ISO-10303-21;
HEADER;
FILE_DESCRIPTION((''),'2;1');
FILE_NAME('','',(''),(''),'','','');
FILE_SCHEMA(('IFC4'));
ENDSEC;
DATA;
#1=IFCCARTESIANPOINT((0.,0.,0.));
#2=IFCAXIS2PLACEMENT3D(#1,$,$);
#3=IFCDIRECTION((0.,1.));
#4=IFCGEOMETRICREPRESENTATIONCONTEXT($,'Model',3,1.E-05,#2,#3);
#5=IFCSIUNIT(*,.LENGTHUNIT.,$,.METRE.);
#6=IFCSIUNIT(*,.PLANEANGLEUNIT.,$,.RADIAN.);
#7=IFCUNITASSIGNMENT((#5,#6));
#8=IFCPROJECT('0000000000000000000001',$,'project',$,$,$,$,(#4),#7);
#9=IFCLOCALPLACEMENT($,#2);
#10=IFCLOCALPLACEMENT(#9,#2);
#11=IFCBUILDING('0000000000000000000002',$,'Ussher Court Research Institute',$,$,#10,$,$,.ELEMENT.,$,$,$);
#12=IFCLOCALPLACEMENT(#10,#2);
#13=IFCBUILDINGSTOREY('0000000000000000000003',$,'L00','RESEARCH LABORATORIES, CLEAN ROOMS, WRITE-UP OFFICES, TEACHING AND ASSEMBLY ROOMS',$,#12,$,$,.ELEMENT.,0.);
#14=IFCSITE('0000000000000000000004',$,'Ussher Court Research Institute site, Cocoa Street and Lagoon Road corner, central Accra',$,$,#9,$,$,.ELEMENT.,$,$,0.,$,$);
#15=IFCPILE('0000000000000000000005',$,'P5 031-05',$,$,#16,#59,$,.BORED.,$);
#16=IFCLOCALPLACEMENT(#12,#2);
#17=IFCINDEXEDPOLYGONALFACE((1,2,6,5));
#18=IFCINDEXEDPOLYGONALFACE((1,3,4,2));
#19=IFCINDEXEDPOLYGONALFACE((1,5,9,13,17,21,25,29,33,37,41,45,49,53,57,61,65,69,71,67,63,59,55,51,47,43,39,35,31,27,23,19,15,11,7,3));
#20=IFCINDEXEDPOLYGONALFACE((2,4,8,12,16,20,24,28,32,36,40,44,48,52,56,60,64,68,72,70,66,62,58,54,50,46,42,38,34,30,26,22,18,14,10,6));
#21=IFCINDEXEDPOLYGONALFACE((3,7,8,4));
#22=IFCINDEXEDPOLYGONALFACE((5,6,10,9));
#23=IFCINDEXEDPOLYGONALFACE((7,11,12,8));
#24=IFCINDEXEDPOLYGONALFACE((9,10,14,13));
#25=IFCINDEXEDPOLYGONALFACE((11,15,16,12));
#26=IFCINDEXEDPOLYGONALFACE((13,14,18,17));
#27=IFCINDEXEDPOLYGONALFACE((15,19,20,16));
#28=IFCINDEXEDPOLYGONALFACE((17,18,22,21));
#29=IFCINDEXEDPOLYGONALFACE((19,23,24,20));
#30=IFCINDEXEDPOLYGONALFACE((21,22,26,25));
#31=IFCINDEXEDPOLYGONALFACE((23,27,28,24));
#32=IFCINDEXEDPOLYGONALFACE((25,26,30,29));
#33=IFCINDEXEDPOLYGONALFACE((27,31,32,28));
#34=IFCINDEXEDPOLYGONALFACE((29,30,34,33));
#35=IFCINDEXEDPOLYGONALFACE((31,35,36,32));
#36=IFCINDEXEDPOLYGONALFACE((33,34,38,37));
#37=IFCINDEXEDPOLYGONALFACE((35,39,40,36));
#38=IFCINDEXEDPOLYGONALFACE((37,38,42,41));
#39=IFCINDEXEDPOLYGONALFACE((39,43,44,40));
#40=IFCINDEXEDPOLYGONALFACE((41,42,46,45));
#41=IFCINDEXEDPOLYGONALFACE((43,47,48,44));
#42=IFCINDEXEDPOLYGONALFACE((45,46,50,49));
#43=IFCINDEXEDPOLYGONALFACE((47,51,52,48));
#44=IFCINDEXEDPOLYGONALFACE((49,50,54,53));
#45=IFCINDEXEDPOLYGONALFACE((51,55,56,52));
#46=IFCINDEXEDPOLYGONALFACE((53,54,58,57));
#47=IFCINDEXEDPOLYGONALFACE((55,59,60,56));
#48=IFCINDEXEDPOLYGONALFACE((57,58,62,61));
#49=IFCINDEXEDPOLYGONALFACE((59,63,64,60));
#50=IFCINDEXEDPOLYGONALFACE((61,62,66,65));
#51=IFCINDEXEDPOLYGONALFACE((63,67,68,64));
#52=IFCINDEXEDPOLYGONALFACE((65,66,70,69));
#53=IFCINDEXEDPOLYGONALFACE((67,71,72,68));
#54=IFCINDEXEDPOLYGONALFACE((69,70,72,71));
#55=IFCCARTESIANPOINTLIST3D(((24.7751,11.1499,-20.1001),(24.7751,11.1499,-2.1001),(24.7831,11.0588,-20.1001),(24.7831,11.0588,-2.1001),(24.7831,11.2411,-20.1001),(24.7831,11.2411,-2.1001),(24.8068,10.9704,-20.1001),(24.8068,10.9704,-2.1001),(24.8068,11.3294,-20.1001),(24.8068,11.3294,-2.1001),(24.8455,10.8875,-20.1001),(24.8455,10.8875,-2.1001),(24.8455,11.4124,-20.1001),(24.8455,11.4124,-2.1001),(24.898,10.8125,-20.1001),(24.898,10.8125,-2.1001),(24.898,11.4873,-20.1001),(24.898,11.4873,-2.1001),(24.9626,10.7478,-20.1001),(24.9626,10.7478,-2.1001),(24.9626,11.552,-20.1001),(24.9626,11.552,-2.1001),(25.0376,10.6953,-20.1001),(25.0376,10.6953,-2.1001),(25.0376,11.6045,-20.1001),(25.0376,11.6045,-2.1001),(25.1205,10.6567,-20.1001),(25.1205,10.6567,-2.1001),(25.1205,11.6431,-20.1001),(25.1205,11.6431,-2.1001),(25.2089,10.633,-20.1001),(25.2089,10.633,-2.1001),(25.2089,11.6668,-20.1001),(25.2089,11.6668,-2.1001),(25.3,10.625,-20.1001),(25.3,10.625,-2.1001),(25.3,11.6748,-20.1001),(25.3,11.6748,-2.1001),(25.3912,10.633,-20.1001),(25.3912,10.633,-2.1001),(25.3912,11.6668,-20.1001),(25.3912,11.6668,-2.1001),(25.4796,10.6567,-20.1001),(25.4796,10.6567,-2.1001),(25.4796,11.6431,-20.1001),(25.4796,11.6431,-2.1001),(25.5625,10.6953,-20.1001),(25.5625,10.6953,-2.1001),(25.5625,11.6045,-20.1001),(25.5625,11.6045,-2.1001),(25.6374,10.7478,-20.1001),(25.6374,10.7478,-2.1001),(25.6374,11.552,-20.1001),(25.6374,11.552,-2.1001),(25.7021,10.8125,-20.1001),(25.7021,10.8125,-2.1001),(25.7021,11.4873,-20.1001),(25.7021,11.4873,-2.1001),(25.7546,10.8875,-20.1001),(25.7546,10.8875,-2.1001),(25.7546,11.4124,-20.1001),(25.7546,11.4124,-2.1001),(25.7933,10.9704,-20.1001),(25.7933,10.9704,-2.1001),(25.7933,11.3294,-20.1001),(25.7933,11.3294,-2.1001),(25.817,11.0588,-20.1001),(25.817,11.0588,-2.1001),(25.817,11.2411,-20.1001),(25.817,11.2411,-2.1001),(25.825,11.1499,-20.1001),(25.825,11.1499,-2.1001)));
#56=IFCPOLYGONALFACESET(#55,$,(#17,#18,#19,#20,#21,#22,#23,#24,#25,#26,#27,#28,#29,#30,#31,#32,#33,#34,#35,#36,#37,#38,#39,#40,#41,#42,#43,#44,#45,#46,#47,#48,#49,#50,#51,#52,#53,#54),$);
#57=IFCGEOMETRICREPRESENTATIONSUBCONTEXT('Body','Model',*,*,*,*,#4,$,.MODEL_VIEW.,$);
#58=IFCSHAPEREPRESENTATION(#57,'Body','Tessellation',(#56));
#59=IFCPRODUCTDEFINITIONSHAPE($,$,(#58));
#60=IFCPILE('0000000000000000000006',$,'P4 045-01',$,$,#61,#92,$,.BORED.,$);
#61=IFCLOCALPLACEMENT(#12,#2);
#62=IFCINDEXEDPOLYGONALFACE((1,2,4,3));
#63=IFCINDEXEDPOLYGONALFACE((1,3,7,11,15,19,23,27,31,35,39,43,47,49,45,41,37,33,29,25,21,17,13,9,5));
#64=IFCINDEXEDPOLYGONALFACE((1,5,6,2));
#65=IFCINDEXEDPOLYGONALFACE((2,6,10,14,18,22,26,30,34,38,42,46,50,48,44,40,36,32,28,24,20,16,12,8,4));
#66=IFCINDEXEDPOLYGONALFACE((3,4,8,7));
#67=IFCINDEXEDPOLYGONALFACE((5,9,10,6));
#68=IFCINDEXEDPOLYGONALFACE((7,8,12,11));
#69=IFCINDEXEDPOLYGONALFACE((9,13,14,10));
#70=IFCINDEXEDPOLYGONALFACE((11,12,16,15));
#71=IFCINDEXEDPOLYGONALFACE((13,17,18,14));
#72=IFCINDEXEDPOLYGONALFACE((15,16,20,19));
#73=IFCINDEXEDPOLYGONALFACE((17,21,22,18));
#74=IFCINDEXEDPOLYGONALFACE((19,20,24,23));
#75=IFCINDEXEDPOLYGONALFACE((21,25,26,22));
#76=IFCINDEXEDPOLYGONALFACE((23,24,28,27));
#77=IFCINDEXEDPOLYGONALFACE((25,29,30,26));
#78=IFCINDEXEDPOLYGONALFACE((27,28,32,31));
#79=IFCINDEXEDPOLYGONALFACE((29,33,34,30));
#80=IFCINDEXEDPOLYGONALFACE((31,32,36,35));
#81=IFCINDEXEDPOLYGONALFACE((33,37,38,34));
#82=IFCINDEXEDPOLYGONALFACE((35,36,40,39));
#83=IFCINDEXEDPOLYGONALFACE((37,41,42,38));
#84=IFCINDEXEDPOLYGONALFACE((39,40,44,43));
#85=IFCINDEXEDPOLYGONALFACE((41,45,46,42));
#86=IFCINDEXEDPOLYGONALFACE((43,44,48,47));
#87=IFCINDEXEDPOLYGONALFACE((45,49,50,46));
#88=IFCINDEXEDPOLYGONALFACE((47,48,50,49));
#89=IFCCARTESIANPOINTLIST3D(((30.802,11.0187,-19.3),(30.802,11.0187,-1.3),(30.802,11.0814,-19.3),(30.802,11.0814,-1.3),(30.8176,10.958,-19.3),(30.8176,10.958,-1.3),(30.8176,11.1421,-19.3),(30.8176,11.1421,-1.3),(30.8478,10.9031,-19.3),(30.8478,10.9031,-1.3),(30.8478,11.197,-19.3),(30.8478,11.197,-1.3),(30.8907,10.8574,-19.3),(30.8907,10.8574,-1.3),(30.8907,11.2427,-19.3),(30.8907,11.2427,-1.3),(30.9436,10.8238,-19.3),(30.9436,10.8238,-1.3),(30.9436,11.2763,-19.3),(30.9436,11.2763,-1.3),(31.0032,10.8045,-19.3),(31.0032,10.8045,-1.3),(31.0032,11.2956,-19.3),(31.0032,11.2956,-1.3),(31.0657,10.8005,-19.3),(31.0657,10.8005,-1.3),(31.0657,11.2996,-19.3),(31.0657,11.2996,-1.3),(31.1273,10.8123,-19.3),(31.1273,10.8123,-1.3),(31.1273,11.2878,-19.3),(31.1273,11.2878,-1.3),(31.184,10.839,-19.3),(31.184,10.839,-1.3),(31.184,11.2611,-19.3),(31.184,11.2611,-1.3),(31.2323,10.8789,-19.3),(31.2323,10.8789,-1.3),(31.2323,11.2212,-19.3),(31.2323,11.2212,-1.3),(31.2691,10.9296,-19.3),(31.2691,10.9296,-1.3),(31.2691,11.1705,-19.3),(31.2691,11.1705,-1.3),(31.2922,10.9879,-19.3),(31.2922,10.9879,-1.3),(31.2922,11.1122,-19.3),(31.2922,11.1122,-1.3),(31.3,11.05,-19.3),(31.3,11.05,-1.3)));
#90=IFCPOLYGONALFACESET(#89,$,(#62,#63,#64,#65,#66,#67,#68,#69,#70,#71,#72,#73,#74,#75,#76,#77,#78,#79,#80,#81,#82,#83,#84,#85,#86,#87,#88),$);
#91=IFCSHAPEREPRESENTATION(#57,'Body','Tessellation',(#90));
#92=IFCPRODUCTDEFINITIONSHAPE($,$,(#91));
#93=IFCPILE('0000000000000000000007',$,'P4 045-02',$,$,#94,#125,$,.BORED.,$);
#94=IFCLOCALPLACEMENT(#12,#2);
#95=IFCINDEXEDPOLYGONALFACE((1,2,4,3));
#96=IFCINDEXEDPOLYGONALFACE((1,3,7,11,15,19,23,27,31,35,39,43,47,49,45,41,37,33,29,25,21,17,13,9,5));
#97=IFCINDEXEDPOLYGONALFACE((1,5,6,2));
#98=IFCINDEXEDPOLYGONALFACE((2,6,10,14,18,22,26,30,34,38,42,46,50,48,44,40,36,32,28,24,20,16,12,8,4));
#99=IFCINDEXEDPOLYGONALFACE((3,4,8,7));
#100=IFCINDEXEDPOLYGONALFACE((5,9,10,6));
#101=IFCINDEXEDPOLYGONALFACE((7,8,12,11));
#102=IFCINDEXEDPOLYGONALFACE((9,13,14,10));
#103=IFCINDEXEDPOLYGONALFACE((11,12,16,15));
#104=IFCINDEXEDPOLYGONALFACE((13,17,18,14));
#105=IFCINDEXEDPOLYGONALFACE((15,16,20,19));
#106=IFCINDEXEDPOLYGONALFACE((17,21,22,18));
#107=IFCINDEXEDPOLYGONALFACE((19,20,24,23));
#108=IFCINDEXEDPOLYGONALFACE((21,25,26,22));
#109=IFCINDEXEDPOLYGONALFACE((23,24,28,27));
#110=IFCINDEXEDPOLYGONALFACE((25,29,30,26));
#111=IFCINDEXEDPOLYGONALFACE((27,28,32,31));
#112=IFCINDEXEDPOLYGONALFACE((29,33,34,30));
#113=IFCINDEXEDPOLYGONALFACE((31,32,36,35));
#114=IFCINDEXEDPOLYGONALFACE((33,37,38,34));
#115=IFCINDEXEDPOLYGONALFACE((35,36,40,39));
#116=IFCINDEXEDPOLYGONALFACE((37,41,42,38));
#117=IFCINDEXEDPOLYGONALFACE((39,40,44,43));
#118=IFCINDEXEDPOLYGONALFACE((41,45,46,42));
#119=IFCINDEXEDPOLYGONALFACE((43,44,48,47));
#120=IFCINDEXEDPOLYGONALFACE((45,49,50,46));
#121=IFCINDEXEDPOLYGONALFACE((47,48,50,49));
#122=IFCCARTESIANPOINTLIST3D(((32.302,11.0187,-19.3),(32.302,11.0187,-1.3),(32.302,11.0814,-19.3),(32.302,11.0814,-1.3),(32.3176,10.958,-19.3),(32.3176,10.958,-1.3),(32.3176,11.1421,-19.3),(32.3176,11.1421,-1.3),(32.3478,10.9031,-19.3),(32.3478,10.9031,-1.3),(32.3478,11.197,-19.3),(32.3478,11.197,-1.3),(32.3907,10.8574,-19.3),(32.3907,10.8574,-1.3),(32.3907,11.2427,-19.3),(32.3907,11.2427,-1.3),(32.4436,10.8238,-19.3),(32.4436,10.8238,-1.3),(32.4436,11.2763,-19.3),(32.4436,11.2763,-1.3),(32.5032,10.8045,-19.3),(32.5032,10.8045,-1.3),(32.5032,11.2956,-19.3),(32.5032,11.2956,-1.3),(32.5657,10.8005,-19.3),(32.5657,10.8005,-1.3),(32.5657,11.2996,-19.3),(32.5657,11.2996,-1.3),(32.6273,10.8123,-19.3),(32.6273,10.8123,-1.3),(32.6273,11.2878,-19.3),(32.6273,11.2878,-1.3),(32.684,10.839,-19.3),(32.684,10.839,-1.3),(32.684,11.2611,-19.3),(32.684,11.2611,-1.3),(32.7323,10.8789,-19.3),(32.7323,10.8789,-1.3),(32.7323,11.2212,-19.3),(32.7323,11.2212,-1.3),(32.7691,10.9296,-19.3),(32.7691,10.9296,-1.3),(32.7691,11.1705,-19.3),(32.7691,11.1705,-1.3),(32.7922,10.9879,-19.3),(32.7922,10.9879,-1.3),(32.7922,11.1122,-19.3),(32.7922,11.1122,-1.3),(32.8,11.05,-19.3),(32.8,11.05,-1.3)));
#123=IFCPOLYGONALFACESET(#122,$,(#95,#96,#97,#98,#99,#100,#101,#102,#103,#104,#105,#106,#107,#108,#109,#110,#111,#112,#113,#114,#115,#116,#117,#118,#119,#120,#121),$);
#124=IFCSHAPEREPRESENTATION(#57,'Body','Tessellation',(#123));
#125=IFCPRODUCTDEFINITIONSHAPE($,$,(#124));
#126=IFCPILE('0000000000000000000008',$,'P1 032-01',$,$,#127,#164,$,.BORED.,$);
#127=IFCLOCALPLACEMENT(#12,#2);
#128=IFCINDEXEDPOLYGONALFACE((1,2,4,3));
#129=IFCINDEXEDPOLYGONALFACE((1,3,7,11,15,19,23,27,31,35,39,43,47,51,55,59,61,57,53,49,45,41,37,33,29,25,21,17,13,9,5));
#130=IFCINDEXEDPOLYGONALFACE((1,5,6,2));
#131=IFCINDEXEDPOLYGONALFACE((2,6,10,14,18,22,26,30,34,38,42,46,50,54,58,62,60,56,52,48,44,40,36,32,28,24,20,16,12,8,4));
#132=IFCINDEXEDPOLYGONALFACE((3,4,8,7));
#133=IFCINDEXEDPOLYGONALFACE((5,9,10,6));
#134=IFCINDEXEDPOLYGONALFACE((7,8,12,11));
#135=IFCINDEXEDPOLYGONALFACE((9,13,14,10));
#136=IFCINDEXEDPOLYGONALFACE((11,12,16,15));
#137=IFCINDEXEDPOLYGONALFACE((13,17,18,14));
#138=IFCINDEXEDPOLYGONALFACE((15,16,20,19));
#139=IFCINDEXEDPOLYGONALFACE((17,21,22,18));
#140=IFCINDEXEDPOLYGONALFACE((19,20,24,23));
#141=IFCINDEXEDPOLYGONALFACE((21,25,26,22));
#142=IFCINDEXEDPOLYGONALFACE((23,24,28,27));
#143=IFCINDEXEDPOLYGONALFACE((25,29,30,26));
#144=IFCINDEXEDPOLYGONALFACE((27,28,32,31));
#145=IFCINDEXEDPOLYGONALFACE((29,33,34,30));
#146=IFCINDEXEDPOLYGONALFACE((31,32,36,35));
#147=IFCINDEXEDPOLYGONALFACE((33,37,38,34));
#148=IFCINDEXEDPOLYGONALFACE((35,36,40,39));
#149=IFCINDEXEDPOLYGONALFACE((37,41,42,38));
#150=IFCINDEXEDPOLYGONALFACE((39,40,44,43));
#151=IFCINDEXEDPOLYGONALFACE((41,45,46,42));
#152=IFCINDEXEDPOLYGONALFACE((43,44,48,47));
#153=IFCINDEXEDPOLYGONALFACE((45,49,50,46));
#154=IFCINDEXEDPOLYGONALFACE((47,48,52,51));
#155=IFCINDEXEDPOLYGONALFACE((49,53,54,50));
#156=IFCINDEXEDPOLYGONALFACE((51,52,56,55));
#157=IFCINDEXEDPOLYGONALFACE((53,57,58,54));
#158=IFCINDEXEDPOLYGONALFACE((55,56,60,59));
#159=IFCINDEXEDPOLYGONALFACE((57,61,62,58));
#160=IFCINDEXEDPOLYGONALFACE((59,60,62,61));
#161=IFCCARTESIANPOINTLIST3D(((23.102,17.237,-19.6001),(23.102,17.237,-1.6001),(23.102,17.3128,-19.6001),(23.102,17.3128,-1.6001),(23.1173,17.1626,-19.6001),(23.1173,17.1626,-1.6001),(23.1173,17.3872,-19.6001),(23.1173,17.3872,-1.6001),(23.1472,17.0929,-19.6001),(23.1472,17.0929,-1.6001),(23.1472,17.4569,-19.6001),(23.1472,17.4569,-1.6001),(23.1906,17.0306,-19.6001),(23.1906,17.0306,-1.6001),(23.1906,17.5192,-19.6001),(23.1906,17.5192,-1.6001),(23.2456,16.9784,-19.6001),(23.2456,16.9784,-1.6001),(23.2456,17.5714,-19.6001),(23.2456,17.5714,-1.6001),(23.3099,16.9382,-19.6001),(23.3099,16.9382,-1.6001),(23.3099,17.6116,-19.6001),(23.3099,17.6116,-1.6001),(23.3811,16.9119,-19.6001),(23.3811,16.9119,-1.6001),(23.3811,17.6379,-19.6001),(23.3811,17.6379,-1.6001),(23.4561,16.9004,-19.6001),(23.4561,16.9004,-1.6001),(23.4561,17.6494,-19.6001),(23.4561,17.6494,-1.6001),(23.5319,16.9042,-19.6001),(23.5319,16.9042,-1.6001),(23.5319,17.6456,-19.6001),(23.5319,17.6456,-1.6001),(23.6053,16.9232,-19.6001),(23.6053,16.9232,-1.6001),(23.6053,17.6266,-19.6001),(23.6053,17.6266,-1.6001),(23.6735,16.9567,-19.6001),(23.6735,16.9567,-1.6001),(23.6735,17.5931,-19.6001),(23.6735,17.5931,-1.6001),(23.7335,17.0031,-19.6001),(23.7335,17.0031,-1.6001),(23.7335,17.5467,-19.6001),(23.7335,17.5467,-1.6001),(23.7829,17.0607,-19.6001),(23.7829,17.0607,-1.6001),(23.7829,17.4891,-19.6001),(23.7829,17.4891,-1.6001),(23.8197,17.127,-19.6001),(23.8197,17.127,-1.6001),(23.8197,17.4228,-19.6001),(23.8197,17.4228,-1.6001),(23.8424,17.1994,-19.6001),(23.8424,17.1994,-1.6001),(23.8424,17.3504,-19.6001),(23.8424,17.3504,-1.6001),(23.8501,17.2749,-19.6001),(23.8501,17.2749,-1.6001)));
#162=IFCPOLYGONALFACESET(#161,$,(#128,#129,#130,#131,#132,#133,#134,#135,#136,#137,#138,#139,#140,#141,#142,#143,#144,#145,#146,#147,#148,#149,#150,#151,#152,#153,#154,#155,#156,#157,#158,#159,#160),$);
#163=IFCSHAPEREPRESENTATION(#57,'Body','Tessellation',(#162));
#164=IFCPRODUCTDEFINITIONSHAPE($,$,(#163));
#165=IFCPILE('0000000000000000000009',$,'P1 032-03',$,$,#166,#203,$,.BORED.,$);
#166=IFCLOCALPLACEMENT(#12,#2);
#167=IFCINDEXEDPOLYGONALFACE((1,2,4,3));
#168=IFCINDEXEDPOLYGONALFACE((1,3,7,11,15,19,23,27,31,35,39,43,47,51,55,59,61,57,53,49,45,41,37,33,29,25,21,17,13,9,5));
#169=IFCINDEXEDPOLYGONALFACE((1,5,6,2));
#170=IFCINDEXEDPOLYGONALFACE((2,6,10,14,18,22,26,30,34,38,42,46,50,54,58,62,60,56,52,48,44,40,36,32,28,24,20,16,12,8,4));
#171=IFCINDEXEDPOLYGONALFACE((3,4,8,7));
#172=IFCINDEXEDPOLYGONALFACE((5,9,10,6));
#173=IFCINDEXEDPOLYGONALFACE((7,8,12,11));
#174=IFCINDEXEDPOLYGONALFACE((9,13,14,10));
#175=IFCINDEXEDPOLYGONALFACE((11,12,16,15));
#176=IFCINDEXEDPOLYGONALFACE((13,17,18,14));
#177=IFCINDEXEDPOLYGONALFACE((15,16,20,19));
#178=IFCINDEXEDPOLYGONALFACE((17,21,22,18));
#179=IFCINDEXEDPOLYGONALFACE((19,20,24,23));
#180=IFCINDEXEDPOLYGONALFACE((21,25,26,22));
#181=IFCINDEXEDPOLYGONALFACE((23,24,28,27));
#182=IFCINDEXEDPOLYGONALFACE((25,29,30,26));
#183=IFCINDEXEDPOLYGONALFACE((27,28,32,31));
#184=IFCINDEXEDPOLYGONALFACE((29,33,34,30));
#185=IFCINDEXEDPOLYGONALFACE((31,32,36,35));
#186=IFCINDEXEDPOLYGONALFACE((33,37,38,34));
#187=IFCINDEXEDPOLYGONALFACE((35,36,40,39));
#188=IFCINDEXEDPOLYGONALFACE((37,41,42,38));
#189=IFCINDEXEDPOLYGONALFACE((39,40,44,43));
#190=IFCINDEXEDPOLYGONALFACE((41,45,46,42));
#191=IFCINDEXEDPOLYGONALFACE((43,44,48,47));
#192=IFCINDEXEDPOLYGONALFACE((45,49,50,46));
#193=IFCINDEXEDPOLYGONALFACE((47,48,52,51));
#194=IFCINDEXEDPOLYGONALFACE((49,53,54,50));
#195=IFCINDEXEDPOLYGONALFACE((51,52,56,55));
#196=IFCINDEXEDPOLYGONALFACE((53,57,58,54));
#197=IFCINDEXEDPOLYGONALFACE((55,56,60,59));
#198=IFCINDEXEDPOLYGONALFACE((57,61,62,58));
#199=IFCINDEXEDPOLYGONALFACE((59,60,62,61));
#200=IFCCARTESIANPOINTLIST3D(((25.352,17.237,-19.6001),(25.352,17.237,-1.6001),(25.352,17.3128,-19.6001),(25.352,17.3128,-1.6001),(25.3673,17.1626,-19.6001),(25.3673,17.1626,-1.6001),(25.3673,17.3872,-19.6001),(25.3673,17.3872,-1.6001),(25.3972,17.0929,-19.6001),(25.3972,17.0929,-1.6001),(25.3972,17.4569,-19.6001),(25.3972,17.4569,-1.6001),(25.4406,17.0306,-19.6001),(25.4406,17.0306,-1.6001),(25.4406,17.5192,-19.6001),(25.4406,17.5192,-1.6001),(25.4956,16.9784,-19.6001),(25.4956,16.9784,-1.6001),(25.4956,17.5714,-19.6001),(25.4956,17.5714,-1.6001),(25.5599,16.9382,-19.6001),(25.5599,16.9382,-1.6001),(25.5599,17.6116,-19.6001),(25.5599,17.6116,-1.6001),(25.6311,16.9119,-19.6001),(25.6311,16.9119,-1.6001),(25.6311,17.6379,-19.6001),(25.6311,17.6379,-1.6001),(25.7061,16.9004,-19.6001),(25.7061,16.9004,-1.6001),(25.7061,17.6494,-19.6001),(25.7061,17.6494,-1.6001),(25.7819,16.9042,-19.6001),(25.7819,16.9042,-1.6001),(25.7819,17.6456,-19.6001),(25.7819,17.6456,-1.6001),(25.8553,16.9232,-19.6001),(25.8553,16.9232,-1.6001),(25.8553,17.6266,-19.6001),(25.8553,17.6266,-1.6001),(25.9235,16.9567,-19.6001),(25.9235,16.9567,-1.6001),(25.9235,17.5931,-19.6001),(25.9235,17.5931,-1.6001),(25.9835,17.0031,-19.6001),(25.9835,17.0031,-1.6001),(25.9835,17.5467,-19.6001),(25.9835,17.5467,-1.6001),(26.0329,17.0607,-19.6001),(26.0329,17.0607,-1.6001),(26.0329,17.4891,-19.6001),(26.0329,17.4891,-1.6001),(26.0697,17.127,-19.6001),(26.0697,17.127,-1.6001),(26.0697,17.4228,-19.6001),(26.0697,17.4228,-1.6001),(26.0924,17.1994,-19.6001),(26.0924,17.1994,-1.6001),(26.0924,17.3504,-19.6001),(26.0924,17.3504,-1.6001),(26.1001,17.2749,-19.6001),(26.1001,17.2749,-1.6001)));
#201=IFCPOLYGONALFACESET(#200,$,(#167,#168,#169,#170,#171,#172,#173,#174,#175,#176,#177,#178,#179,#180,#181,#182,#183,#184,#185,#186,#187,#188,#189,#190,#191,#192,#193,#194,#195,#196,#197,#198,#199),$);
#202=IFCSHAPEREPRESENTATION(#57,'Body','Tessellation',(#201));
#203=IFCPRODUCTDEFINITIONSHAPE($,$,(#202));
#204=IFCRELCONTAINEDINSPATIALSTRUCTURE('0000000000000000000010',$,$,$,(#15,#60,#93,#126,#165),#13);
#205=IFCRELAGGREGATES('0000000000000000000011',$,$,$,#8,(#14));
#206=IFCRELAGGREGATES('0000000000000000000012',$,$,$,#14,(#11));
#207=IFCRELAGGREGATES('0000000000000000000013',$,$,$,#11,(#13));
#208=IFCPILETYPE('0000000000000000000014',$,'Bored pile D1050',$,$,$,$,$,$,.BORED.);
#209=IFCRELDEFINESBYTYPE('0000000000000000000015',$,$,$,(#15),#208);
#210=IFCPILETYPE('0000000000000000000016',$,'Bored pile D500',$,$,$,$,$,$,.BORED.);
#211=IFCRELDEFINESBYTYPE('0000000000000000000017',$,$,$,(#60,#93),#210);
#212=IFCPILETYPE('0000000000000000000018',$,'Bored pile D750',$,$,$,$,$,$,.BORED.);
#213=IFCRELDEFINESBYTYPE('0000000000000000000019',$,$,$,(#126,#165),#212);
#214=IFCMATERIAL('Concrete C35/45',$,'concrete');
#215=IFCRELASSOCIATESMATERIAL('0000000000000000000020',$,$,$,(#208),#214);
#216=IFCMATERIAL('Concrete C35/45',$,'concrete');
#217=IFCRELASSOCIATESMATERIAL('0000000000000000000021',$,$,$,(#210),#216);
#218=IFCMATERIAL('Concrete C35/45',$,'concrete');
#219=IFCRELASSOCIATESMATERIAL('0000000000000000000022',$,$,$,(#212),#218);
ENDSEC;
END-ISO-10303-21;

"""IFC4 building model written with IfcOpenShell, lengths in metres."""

from ifc_helpers import new_model, si_unit, direction, frame, origin, origin_2d, place, context, subcontext, project, spatial, circle, extrude, material, material_profile, profile_set, type_object, element, save


model = new_model("IFC4")

# Units and contexts
model_context = context("Model", 3, precision=1e-05, world=origin(), true_north=direction((0.0, 1.0)))
body_context = subcontext(model_context, "Body", "Model", "MODEL_VIEW")
ifc_project = project(units=[si_unit("LENGTHUNIT", "METRE"), si_unit("PLANEANGLEUNIT", "RADIAN")], contexts=[model_context])

# Site, building, storey
site_placement = place(None, origin())
site = spatial("IfcSite", under=ifc_project, at=site_placement, Name="Ussher Court Research Institute site, Cocoa Street and Lagoon Road corner, central Accra", CompositionType="ELEMENT", RefElevation=0.0)
building_placement = place(site_placement, origin())
building = spatial("IfcBuilding", under=site, at=building_placement, Name="Ussher Court Research Institute", CompositionType="ELEMENT")
storey_placement = place(building_placement, origin())
storey = spatial("IfcBuildingStorey", under=building, at=storey_placement, Name="L00", Description="RESEARCH LABORATORIES, CLEAN ROOMS, WRITE-UP OFFICES, TEACHING AND ASSEMBLY ROOMS", CompositionType="ELEMENT", Elevation=0.0)

# Piles
ifc_material_1 = material(Name="Concrete C35/45", Category="concrete")
ifc_material_profile_1 = material_profile(ifc_material_1, circle(Radius=0.5249, at=origin_2d()), Name="RC D1050")
ifc_profile_set_1 = profile_set([ifc_material_profile_1], Name="Concrete C35/45")
pile_type_1 = type_object("IfcPileType", Name="Bored pile D1050", PredefinedType="BORED", material=ifc_profile_set_1)
pile_placement = place(storey_placement, frame((25.3, 11.1499, -2.1001), z_axis=(0.0, 0.0, -1.0), x_axis=(1.0, 0.0, 0.0)))
element("IfcPile", 1, at=pile_placement, inside=storey, type_object=pile_type_1, Name="P5 031-05", PredefinedType="BORED", context=body_context, shape_type="SweptSolid", body=[
    extrude(circle(Radius=0.5249, at=origin_2d()), origin(), (0.0, 0.0, 1.0), 18.0),
])
ifc_material_2 = material(Name="Concrete C35/45", Category="concrete")
ifc_material_profile_2 = material_profile(ifc_material_2, circle(Radius=0.25, at=origin_2d()), Name="RC D500")
ifc_profile_set_2 = profile_set([ifc_material_profile_2], Name="Concrete C35/45")
pile_type_2 = type_object("IfcPileType", Name="Bored pile D500", PredefinedType="BORED", material=ifc_profile_set_2)
for number, where, z_axis, x_axis, name in (
    (2, (31.05, 11.05, -1.3), (0.0, 0.0, -1.0), (1.0, 0.0, 0.0), "P4 045-01"),
    (3, (32.55, 11.05, -1.3), (0.0, 0.0, -1.0), (1.0, 0.0, 0.0), "P4 045-02"),
):
    element("IfcPile", number, at=place(storey_placement, frame(where, z_axis=z_axis, x_axis=x_axis)), inside=storey, type_object=pile_type_2, Name=name, PredefinedType="BORED", context=body_context, shape_type="SweptSolid", body=[
        extrude(circle(Radius=0.25, at=origin_2d()), origin(), (0.0, 0.0, 1.0), 18.0),
    ])
ifc_material_3 = material(Name="Concrete C35/45", Category="concrete")
ifc_material_profile_3 = material_profile(ifc_material_3, circle(Radius=0.375, at=origin_2d()), Name="RC D750")
ifc_profile_set_3 = profile_set([ifc_material_profile_3], Name="Concrete C35/45")
pile_type_3 = type_object("IfcPileType", Name="Bored pile D750", PredefinedType="BORED", material=ifc_profile_set_3)
for number, where, z_axis, x_axis, name in (
    (4, (23.4751, 17.2749, -1.6001), (0.0, 0.0, -1.0), (1.0, 0.0, 0.0), "P1 032-01"),
    (5, (25.7251, 17.2749, -1.6001), (0.0, 0.0, -1.0), (1.0, 0.0, 0.0), "P1 032-03"),
):
    element("IfcPile", number, at=place(storey_placement, frame(where, z_axis=z_axis, x_axis=x_axis)), inside=storey, type_object=pile_type_3, Name=name, PredefinedType="BORED", context=body_context, shape_type="SweptSolid", body=[
        extrude(circle(Radius=0.375, at=origin_2d()), origin(), (0.0, 0.0, 1.0), 18.0),
    ])

save(model, "model.ifc")
